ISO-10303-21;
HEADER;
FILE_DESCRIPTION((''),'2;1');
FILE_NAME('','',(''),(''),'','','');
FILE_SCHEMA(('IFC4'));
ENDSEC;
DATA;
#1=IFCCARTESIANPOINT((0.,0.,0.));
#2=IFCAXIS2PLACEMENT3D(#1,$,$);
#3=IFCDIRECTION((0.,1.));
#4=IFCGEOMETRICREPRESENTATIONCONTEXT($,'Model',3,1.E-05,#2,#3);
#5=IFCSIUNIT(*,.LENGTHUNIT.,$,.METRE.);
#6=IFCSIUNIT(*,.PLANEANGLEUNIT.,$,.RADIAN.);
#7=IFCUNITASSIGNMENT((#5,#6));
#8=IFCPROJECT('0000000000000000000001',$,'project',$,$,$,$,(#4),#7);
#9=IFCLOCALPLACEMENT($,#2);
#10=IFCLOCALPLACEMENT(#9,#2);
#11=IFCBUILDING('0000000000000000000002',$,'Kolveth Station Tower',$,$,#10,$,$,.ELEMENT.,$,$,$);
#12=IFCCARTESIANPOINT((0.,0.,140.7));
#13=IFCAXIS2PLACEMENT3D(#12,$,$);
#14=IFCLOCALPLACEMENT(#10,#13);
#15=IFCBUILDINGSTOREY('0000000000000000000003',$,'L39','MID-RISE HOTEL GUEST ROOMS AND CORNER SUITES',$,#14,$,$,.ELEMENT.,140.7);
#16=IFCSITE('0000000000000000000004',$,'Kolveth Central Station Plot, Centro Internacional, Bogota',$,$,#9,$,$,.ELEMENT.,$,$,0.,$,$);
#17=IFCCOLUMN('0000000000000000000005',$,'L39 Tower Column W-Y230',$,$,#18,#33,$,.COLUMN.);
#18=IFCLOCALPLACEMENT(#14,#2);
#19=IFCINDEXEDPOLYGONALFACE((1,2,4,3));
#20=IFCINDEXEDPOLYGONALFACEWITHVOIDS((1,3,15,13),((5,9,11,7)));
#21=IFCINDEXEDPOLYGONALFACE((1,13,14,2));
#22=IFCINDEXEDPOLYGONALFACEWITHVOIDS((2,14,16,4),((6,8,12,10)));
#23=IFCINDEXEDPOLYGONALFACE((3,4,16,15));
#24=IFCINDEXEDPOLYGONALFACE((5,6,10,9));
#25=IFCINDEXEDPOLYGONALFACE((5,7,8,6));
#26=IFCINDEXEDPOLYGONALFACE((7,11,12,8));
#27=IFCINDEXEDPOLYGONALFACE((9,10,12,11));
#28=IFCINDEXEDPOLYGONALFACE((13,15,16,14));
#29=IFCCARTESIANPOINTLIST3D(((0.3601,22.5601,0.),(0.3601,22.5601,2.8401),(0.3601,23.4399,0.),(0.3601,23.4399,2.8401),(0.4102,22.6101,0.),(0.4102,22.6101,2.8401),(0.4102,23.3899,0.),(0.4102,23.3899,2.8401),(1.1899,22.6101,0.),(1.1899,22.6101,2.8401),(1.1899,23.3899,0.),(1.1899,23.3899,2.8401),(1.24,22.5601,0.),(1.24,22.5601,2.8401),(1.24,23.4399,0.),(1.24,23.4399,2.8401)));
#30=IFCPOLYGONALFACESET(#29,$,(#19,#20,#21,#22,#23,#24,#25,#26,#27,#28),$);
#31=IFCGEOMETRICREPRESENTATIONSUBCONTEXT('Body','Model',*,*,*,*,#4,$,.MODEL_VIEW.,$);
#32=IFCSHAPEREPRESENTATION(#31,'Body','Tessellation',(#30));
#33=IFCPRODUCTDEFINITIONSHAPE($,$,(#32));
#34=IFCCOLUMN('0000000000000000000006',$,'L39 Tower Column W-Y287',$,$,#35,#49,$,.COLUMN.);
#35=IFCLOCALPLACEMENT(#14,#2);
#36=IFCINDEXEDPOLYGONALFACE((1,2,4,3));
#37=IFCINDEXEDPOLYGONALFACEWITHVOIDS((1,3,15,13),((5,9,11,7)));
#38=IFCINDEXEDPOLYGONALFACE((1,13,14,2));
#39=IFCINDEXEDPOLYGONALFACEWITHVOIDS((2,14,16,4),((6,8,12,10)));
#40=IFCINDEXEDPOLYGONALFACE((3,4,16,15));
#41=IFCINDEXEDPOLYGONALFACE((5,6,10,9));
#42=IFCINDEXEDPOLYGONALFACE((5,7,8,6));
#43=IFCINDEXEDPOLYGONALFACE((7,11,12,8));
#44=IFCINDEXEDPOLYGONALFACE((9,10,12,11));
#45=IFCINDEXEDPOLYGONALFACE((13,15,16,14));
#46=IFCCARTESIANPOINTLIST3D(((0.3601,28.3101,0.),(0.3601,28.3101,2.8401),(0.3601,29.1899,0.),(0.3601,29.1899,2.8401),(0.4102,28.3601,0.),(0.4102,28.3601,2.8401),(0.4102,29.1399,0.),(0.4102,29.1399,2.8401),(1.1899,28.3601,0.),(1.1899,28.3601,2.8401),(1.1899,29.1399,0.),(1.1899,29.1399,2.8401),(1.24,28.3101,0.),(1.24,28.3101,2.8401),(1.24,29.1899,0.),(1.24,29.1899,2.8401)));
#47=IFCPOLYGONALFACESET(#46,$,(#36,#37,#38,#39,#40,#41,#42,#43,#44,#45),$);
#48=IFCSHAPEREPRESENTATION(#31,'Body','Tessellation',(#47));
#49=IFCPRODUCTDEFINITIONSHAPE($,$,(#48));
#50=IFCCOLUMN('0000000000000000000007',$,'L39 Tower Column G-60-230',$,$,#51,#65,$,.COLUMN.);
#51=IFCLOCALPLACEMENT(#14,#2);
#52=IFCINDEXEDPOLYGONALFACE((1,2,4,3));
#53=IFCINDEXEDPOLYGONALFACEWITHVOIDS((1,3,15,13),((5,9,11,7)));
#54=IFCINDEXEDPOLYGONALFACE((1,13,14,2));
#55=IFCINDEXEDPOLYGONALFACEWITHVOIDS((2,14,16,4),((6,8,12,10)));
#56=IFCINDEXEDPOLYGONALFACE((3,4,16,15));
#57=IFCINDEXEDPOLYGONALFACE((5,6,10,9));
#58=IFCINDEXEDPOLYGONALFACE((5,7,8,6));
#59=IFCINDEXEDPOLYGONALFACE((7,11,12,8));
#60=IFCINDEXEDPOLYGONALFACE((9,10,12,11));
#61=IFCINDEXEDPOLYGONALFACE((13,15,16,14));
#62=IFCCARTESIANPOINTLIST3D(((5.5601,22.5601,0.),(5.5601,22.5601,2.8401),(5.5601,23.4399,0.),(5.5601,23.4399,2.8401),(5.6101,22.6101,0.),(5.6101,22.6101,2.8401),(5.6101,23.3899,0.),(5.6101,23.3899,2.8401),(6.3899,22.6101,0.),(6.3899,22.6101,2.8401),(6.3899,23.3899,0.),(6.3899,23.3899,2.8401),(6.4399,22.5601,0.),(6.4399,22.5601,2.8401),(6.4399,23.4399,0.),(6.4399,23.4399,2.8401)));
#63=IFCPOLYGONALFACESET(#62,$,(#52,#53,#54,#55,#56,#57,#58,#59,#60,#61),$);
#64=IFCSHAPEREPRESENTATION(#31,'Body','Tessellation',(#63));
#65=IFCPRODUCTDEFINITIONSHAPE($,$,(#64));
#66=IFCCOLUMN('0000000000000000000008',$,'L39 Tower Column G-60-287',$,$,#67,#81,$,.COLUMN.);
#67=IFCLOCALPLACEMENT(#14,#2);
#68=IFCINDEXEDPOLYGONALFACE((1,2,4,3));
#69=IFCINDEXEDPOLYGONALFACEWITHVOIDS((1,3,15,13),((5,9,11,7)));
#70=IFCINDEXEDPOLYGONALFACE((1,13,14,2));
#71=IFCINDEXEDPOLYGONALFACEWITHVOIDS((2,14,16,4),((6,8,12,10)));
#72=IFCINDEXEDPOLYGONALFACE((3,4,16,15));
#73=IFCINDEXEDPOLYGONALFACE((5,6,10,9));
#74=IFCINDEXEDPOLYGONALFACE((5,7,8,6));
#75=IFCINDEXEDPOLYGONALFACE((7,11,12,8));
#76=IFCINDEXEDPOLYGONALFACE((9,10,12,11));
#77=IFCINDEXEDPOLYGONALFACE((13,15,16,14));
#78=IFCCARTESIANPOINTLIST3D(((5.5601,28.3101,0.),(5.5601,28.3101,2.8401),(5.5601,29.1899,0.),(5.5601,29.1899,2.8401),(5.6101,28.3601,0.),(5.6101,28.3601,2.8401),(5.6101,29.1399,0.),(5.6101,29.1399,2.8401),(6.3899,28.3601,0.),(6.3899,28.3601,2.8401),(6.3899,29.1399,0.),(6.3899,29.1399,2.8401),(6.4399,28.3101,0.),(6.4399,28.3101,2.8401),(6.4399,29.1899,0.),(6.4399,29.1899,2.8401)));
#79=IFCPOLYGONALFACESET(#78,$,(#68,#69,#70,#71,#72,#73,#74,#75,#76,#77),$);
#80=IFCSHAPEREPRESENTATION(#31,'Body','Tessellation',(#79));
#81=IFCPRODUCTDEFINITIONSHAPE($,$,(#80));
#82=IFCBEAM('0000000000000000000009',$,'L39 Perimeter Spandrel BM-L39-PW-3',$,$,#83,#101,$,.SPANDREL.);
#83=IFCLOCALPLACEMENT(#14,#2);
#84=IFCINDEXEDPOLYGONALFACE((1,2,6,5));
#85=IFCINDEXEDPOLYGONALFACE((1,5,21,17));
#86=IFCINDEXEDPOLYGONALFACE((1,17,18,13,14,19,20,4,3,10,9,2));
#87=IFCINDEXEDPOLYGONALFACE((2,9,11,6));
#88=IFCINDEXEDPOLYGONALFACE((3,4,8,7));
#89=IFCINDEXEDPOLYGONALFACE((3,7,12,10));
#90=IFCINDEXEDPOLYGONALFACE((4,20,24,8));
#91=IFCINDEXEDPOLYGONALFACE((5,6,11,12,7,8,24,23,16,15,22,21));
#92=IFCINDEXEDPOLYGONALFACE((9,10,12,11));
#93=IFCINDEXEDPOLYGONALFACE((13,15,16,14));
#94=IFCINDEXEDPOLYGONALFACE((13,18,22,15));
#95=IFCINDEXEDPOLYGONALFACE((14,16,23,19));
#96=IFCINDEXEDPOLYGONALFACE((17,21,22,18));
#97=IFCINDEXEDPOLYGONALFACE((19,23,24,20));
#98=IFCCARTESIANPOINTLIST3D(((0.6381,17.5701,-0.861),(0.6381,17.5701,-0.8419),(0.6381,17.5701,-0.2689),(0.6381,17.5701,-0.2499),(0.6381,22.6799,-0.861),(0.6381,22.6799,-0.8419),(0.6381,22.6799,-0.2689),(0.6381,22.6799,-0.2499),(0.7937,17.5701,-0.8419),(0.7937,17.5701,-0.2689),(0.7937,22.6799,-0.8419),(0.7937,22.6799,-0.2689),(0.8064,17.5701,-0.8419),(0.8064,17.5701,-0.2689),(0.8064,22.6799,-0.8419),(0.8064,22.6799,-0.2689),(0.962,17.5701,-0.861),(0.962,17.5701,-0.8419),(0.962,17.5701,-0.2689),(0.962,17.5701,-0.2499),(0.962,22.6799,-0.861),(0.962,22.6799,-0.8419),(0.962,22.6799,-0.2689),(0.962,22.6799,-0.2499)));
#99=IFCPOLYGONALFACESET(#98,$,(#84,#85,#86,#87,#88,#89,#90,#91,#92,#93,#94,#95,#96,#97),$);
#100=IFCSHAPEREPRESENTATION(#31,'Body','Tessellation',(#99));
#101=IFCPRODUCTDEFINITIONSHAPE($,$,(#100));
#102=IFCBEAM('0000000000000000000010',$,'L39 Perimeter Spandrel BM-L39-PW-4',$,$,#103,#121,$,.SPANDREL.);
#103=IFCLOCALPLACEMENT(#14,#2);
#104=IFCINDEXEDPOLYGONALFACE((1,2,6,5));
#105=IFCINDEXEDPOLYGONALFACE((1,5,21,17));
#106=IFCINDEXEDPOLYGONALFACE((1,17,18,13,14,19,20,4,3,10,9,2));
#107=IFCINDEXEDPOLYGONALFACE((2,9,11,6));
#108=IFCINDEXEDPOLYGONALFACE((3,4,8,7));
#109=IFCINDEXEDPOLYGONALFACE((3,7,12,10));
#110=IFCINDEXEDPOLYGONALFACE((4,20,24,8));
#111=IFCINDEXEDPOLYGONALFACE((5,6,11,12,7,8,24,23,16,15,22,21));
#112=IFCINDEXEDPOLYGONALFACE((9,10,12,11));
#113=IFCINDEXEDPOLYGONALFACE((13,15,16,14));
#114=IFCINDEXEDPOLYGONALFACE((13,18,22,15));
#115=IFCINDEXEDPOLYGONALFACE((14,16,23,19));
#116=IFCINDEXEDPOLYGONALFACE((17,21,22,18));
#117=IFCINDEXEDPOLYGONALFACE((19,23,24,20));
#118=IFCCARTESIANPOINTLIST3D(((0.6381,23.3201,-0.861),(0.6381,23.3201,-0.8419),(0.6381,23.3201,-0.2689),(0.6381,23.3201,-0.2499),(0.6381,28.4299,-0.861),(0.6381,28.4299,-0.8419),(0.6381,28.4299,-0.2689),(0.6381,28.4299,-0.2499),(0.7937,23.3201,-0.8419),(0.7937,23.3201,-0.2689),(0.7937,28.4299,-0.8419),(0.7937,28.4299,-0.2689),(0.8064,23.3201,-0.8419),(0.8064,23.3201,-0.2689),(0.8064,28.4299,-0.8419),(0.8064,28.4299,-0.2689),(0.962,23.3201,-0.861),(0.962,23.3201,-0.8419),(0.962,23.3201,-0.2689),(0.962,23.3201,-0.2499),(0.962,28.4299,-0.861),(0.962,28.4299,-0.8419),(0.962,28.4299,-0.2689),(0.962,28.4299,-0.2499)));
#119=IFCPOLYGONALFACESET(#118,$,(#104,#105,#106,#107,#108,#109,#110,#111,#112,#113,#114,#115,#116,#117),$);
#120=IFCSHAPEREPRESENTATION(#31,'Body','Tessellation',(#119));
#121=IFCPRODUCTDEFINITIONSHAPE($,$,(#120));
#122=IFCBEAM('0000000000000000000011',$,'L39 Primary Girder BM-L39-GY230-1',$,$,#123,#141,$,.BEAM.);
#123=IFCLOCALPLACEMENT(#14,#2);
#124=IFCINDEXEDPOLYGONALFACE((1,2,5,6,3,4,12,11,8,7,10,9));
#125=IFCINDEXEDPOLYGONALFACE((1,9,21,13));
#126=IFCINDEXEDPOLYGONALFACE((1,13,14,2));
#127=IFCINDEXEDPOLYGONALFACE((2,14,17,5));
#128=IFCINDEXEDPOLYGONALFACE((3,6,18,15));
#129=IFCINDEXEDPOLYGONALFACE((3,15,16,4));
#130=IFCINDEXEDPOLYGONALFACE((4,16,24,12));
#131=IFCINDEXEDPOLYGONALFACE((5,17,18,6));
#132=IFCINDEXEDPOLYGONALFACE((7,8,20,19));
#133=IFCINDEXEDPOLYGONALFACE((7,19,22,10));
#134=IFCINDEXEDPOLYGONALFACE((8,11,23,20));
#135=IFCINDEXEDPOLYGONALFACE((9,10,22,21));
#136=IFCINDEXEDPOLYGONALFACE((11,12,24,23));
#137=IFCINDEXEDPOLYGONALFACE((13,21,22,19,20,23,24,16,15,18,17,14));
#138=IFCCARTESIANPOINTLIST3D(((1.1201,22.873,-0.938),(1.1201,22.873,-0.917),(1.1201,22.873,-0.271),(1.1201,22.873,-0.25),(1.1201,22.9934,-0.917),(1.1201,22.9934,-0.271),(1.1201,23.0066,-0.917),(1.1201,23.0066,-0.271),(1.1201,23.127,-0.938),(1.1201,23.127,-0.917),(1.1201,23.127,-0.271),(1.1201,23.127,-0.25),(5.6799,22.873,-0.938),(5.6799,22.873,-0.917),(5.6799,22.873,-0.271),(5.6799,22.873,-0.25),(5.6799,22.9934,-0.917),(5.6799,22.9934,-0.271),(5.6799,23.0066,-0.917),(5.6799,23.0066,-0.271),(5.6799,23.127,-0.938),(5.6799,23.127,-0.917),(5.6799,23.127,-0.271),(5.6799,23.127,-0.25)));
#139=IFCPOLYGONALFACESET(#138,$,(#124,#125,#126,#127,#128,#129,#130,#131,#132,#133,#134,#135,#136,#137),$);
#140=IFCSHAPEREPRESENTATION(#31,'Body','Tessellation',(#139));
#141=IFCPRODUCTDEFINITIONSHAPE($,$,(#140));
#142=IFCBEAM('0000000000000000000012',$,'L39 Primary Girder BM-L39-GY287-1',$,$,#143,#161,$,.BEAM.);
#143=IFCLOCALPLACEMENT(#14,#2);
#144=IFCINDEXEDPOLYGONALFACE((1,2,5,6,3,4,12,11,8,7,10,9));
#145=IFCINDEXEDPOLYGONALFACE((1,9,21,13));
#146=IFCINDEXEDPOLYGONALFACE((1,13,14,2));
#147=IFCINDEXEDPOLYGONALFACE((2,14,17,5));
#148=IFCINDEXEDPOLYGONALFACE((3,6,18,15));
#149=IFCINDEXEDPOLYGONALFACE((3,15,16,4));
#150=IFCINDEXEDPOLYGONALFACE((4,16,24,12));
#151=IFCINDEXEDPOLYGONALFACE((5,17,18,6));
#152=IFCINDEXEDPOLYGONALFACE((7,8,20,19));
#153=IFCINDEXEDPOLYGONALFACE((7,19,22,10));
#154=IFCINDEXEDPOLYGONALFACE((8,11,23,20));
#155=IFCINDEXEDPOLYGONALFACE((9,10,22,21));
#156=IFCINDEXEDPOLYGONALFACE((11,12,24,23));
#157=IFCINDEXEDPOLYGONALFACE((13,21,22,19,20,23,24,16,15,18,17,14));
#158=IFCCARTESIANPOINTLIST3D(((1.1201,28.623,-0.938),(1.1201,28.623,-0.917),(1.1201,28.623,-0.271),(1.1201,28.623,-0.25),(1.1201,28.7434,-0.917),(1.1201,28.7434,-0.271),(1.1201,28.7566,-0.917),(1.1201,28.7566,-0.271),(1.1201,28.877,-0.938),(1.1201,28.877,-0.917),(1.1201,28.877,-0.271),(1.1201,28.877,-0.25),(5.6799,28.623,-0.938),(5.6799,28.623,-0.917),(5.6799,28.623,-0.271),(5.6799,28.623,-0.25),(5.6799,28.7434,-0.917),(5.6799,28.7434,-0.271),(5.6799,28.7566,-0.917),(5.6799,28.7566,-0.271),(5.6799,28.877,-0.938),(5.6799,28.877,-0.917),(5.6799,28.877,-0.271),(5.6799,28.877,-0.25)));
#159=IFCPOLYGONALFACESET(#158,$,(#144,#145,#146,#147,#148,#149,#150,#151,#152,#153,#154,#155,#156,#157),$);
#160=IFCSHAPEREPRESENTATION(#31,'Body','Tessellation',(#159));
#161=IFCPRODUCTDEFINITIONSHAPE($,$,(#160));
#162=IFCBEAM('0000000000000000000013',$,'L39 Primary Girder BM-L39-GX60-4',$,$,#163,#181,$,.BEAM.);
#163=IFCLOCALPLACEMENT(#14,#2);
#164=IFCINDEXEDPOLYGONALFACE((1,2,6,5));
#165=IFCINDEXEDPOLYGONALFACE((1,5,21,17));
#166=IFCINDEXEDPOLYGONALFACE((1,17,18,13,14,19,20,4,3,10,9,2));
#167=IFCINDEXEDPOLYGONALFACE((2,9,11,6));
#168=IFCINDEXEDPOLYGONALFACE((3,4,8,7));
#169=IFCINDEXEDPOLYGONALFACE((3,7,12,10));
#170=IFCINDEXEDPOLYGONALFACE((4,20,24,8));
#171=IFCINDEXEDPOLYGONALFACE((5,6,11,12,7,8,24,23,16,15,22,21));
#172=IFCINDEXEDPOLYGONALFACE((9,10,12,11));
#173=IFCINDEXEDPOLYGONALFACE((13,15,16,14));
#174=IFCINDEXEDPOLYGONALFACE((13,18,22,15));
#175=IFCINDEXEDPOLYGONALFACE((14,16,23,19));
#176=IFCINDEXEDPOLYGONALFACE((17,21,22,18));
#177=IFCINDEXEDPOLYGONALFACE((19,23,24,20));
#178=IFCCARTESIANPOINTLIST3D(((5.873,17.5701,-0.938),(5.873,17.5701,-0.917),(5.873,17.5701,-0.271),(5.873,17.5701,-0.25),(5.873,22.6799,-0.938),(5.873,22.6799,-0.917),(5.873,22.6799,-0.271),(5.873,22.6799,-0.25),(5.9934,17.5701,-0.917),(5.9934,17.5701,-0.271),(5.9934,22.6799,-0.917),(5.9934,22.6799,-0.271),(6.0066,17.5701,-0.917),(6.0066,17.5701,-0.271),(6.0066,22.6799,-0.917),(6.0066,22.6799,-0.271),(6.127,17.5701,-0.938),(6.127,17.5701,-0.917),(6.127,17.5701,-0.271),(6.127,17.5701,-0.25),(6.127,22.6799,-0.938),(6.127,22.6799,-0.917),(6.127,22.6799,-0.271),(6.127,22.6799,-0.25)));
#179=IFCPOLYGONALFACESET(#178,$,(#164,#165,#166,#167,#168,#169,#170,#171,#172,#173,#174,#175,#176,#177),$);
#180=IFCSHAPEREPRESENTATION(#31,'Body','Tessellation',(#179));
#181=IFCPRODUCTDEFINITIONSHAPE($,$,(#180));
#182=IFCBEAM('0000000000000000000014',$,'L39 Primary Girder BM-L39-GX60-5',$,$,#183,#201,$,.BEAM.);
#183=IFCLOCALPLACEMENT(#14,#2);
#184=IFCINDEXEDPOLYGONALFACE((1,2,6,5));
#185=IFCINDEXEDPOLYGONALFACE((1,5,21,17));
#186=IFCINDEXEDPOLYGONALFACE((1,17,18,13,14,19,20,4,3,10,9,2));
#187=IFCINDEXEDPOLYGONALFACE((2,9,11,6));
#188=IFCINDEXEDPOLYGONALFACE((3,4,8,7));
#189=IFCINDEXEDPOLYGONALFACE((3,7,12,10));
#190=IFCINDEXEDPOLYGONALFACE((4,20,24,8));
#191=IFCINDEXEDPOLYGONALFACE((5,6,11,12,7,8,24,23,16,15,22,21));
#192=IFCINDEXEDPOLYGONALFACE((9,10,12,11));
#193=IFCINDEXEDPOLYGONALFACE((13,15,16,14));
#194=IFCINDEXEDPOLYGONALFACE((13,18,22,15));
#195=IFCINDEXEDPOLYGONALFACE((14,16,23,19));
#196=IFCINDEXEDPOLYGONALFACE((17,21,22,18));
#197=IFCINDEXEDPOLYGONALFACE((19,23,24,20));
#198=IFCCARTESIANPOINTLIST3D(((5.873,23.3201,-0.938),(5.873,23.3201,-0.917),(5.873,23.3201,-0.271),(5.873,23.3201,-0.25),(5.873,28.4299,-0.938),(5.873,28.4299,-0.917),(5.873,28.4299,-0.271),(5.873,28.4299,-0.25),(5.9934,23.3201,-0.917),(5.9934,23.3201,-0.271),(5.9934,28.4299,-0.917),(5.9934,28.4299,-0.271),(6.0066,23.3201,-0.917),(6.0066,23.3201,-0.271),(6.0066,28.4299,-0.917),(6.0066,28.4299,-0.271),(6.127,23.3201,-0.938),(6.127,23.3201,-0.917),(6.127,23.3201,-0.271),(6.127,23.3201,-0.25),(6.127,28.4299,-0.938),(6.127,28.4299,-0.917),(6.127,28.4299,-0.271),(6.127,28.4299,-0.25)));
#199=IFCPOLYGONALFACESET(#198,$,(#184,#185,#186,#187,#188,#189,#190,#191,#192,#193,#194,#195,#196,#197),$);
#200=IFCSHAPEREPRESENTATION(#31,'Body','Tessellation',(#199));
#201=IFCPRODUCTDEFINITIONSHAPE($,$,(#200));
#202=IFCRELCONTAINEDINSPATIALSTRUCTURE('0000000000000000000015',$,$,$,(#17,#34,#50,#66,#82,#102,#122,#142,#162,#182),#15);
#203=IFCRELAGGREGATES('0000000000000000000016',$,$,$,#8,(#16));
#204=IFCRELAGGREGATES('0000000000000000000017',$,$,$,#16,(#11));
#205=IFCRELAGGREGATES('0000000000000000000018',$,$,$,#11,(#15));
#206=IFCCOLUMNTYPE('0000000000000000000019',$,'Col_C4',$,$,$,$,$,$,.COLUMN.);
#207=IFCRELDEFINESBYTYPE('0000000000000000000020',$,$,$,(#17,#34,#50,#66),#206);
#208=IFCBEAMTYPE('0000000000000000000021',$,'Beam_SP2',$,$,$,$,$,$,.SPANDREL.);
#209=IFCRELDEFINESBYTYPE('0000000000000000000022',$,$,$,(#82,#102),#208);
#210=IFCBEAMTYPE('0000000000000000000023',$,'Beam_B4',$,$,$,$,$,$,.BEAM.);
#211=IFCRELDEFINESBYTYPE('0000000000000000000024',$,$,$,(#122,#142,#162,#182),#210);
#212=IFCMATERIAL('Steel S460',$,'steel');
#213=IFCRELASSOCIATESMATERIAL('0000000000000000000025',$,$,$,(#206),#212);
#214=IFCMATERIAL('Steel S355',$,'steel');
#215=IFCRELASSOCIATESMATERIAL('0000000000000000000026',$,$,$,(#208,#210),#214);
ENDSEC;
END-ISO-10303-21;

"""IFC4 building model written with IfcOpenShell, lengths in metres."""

from ifc_helpers import new_model, si_unit, direction, frame, origin, origin_2d, place, context, subcontext, project, spatial, hollow_rectangle, i_section, extrude, source, transform, mapped, material, material_profile, profile_set, type_object, element, save


model = new_model("IFC4")

# Units and contexts
model_context = context("Model", 3, precision=1e-05, world=origin(), true_north=direction((0.0, 1.0)))
body_context = subcontext(model_context, "Body", "Model", "MODEL_VIEW")
ifc_project = project(units=[si_unit("LENGTHUNIT", "METRE"), si_unit("PLANEANGLEUNIT", "RADIAN")], contexts=[model_context])

# Site, building, storey
site_placement = place(None, origin())
site = spatial("IfcSite", under=ifc_project, at=site_placement, Name="Kolveth Central Station Plot, Centro Internacional, Bogota", CompositionType="ELEMENT", RefElevation=0.0)
building_placement = place(site_placement, origin())
building = spatial("IfcBuilding", under=site, at=building_placement, Name="Kolveth Station Tower", CompositionType="ELEMENT")
storey_placement = place(building_placement, frame((0.0, 0.0, 140.7)))
storey = spatial("IfcBuildingStorey", under=building, at=storey_placement, Name="L39", Description="MID-RISE HOTEL GUEST ROOMS AND CORNER SUITES", CompositionType="ELEMENT", Elevation=140.7)

# Columns
ifc_material_1 = material(Name="Steel S460", Category="steel")
ifc_material_profile_1 = material_profile(ifc_material_1, hollow_rectangle(XDim=0.8799, YDim=0.8799, WallThickness=0.05, at=origin_2d()), Name="BOX880x880x50")
ifc_profile_set_1 = profile_set([ifc_material_profile_1], Name="Steel S460")
column_type = type_object("IfcColumnType", Name="Col_C4", PredefinedType="COLUMN", material=ifc_profile_set_1)
shared_shape_1 = source(origin(), body_context, "Body", "SweptSolid", [
    extrude(hollow_rectangle(XDim=0.8799, YDim=0.8799, WallThickness=0.05, at=origin_2d()), origin(), (0.0, 0.0, 1.0), 2.8401),
])
for number, where, z_axis, x_axis, name in (
    (1, (0.8, 23.0, 0.0), (0.0, 0.0, 1.0), (1.0, 0.0, 0.0), "L39 Tower Column W-Y230"),
    (2, (0.8, 28.75, 0.0), (0.0, 0.0, 1.0), (1.0, 0.0, 0.0), "L39 Tower Column W-Y287"),
    (3, (6.0, 23.0, 0.0), (0.0, 0.0, 1.0), (1.0, 0.0, 0.0), "L39 Tower Column G-60-230"),
    (4, (6.0, 28.75, 0.0), (0.0, 0.0, 1.0), (1.0, 0.0, 0.0), "L39 Tower Column G-60-287"),
):
    element("IfcColumn", number, at=place(storey_placement, frame(where, z_axis=z_axis, x_axis=x_axis)), inside=storey, type_object=column_type, Name=name, PredefinedType="COLUMN", context=body_context, shape_type="MappedRepresentation", body=[
        mapped(shared_shape_1, transform((0.0, 0.0, 0.0), x_axis=(1.0, 0.0, 0.0), y_axis=(0.0, 1.0, 0.0), z_axis=(0.0, 0.0, 1.0), scale=1.0)),
    ])

# Beams
ifc_material_2 = material(Name="Steel S355", Category="steel")
ifc_material_profile_2 = material_profile(ifc_material_2, i_section(OverallWidth=0.324, OverallDepth=0.6111, WebThickness=0.0127, FlangeThickness=0.019, at=origin_2d()), Name="W610x155")
ifc_profile_set_2 = profile_set([ifc_material_profile_2], Name="Steel S355")
beam_type_1 = type_object("IfcBeamType", Name="Beam_SP2", PredefinedType="SPANDREL", material=ifc_profile_set_2)
shared_shape_2 = source(origin(), body_context, "Body", "SweptSolid", [
    extrude(i_section(OverallWidth=0.324, OverallDepth=0.6111, WebThickness=0.0127, FlangeThickness=0.019, at=origin_2d()), origin(), (0.0, 0.0, 1.0), 5.1099),
])
for number, where, z_axis, x_axis, name in (
    (5, (0.8, 17.5701, -0.5554), (0.0, 1.0, 0.0), (-1.0, 0.0, 0.0), "L39 Perimeter Spandrel BM-L39-PW-3"),
    (6, (0.8, 23.3201, -0.5554), (0.0, 1.0, 0.0), (-1.0, 0.0, 0.0), "L39 Perimeter Spandrel BM-L39-PW-4"),
):
    element("IfcBeam", number, at=place(storey_placement, frame(where, z_axis=z_axis, x_axis=x_axis)), inside=storey, type_object=beam_type_1, Name=name, PredefinedType="SPANDREL", context=body_context, shape_type="MappedRepresentation", body=[
        mapped(shared_shape_2, transform((0.0, 0.0, 0.0), x_axis=(1.0, 0.0, 0.0), y_axis=(0.0, 1.0, 0.0), z_axis=(0.0, 0.0, 1.0), scale=1.0)),
    ])
ifc_material_profile_3 = material_profile(ifc_material_2, i_section(OverallWidth=0.2539, OverallDepth=0.688, WebThickness=0.0132, FlangeThickness=0.021, at=origin_2d()), Name="W690x152")
ifc_profile_set_3 = profile_set([ifc_material_profile_3], Name="Steel S355")
beam_type_2 = type_object("IfcBeamType", Name="Beam_B4", PredefinedType="BEAM", material=ifc_profile_set_3)
shared_shape_3 = source(origin(), body_context, "Body", "SweptSolid", [
    extrude(i_section(OverallWidth=0.2539, OverallDepth=0.688, WebThickness=0.0132, FlangeThickness=0.021, at=origin_2d()), origin(), (0.0, 0.0, 1.0), 4.5598),
])
for number, where, z_axis, x_axis, name in (
    (7, (1.1201, 23.0, -0.594), (1.0, 0.0, 0.0), (0.0, 1.0, 0.0), "L39 Primary Girder BM-L39-GY230-1"),
    (8, (1.1201, 28.75, -0.594), (1.0, 0.0, 0.0), (0.0, 1.0, 0.0), "L39 Primary Girder BM-L39-GY287-1"),
):
    element("IfcBeam", number, at=place(storey_placement, frame(where, z_axis=z_axis, x_axis=x_axis)), inside=storey, type_object=beam_type_2, Name=name, PredefinedType="BEAM", context=body_context, shape_type="MappedRepresentation", body=[
        mapped(shared_shape_3, transform((0.0, 0.0, 0.0), x_axis=(1.0, 0.0, 0.0), y_axis=(0.0, 1.0, 0.0), z_axis=(0.0, 0.0, 1.0), scale=1.0)),
    ])
shared_shape_4 = source(origin(), body_context, "Body", "SweptSolid", [
    extrude(i_section(OverallWidth=0.2539, OverallDepth=0.688, WebThickness=0.0132, FlangeThickness=0.021, at=origin_2d()), origin(), (0.0, 0.0, 1.0), 5.1099),
])
for number, where, z_axis, x_axis, name in (
    (9, (6.0, 17.5701, -0.594), (0.0, 1.0, 0.0), (-1.0, 0.0, 0.0), "L39 Primary Girder BM-L39-GX60-4"),
    (10, (6.0, 23.3201, -0.594), (0.0, 1.0, 0.0), (-1.0, 0.0, 0.0), "L39 Primary Girder BM-L39-GX60-5"),
):
    element("IfcBeam", number, at=place(storey_placement, frame(where, z_axis=z_axis, x_axis=x_axis)), inside=storey, type_object=beam_type_2, Name=name, PredefinedType="BEAM", context=body_context, shape_type="MappedRepresentation", body=[
        mapped(shared_shape_4, transform((0.0, 0.0, 0.0), x_axis=(1.0, 0.0, 0.0), y_axis=(0.0, 1.0, 0.0), z_axis=(0.0, 0.0, 1.0), scale=1.0)),
    ])

save(model, "model.ifc")
